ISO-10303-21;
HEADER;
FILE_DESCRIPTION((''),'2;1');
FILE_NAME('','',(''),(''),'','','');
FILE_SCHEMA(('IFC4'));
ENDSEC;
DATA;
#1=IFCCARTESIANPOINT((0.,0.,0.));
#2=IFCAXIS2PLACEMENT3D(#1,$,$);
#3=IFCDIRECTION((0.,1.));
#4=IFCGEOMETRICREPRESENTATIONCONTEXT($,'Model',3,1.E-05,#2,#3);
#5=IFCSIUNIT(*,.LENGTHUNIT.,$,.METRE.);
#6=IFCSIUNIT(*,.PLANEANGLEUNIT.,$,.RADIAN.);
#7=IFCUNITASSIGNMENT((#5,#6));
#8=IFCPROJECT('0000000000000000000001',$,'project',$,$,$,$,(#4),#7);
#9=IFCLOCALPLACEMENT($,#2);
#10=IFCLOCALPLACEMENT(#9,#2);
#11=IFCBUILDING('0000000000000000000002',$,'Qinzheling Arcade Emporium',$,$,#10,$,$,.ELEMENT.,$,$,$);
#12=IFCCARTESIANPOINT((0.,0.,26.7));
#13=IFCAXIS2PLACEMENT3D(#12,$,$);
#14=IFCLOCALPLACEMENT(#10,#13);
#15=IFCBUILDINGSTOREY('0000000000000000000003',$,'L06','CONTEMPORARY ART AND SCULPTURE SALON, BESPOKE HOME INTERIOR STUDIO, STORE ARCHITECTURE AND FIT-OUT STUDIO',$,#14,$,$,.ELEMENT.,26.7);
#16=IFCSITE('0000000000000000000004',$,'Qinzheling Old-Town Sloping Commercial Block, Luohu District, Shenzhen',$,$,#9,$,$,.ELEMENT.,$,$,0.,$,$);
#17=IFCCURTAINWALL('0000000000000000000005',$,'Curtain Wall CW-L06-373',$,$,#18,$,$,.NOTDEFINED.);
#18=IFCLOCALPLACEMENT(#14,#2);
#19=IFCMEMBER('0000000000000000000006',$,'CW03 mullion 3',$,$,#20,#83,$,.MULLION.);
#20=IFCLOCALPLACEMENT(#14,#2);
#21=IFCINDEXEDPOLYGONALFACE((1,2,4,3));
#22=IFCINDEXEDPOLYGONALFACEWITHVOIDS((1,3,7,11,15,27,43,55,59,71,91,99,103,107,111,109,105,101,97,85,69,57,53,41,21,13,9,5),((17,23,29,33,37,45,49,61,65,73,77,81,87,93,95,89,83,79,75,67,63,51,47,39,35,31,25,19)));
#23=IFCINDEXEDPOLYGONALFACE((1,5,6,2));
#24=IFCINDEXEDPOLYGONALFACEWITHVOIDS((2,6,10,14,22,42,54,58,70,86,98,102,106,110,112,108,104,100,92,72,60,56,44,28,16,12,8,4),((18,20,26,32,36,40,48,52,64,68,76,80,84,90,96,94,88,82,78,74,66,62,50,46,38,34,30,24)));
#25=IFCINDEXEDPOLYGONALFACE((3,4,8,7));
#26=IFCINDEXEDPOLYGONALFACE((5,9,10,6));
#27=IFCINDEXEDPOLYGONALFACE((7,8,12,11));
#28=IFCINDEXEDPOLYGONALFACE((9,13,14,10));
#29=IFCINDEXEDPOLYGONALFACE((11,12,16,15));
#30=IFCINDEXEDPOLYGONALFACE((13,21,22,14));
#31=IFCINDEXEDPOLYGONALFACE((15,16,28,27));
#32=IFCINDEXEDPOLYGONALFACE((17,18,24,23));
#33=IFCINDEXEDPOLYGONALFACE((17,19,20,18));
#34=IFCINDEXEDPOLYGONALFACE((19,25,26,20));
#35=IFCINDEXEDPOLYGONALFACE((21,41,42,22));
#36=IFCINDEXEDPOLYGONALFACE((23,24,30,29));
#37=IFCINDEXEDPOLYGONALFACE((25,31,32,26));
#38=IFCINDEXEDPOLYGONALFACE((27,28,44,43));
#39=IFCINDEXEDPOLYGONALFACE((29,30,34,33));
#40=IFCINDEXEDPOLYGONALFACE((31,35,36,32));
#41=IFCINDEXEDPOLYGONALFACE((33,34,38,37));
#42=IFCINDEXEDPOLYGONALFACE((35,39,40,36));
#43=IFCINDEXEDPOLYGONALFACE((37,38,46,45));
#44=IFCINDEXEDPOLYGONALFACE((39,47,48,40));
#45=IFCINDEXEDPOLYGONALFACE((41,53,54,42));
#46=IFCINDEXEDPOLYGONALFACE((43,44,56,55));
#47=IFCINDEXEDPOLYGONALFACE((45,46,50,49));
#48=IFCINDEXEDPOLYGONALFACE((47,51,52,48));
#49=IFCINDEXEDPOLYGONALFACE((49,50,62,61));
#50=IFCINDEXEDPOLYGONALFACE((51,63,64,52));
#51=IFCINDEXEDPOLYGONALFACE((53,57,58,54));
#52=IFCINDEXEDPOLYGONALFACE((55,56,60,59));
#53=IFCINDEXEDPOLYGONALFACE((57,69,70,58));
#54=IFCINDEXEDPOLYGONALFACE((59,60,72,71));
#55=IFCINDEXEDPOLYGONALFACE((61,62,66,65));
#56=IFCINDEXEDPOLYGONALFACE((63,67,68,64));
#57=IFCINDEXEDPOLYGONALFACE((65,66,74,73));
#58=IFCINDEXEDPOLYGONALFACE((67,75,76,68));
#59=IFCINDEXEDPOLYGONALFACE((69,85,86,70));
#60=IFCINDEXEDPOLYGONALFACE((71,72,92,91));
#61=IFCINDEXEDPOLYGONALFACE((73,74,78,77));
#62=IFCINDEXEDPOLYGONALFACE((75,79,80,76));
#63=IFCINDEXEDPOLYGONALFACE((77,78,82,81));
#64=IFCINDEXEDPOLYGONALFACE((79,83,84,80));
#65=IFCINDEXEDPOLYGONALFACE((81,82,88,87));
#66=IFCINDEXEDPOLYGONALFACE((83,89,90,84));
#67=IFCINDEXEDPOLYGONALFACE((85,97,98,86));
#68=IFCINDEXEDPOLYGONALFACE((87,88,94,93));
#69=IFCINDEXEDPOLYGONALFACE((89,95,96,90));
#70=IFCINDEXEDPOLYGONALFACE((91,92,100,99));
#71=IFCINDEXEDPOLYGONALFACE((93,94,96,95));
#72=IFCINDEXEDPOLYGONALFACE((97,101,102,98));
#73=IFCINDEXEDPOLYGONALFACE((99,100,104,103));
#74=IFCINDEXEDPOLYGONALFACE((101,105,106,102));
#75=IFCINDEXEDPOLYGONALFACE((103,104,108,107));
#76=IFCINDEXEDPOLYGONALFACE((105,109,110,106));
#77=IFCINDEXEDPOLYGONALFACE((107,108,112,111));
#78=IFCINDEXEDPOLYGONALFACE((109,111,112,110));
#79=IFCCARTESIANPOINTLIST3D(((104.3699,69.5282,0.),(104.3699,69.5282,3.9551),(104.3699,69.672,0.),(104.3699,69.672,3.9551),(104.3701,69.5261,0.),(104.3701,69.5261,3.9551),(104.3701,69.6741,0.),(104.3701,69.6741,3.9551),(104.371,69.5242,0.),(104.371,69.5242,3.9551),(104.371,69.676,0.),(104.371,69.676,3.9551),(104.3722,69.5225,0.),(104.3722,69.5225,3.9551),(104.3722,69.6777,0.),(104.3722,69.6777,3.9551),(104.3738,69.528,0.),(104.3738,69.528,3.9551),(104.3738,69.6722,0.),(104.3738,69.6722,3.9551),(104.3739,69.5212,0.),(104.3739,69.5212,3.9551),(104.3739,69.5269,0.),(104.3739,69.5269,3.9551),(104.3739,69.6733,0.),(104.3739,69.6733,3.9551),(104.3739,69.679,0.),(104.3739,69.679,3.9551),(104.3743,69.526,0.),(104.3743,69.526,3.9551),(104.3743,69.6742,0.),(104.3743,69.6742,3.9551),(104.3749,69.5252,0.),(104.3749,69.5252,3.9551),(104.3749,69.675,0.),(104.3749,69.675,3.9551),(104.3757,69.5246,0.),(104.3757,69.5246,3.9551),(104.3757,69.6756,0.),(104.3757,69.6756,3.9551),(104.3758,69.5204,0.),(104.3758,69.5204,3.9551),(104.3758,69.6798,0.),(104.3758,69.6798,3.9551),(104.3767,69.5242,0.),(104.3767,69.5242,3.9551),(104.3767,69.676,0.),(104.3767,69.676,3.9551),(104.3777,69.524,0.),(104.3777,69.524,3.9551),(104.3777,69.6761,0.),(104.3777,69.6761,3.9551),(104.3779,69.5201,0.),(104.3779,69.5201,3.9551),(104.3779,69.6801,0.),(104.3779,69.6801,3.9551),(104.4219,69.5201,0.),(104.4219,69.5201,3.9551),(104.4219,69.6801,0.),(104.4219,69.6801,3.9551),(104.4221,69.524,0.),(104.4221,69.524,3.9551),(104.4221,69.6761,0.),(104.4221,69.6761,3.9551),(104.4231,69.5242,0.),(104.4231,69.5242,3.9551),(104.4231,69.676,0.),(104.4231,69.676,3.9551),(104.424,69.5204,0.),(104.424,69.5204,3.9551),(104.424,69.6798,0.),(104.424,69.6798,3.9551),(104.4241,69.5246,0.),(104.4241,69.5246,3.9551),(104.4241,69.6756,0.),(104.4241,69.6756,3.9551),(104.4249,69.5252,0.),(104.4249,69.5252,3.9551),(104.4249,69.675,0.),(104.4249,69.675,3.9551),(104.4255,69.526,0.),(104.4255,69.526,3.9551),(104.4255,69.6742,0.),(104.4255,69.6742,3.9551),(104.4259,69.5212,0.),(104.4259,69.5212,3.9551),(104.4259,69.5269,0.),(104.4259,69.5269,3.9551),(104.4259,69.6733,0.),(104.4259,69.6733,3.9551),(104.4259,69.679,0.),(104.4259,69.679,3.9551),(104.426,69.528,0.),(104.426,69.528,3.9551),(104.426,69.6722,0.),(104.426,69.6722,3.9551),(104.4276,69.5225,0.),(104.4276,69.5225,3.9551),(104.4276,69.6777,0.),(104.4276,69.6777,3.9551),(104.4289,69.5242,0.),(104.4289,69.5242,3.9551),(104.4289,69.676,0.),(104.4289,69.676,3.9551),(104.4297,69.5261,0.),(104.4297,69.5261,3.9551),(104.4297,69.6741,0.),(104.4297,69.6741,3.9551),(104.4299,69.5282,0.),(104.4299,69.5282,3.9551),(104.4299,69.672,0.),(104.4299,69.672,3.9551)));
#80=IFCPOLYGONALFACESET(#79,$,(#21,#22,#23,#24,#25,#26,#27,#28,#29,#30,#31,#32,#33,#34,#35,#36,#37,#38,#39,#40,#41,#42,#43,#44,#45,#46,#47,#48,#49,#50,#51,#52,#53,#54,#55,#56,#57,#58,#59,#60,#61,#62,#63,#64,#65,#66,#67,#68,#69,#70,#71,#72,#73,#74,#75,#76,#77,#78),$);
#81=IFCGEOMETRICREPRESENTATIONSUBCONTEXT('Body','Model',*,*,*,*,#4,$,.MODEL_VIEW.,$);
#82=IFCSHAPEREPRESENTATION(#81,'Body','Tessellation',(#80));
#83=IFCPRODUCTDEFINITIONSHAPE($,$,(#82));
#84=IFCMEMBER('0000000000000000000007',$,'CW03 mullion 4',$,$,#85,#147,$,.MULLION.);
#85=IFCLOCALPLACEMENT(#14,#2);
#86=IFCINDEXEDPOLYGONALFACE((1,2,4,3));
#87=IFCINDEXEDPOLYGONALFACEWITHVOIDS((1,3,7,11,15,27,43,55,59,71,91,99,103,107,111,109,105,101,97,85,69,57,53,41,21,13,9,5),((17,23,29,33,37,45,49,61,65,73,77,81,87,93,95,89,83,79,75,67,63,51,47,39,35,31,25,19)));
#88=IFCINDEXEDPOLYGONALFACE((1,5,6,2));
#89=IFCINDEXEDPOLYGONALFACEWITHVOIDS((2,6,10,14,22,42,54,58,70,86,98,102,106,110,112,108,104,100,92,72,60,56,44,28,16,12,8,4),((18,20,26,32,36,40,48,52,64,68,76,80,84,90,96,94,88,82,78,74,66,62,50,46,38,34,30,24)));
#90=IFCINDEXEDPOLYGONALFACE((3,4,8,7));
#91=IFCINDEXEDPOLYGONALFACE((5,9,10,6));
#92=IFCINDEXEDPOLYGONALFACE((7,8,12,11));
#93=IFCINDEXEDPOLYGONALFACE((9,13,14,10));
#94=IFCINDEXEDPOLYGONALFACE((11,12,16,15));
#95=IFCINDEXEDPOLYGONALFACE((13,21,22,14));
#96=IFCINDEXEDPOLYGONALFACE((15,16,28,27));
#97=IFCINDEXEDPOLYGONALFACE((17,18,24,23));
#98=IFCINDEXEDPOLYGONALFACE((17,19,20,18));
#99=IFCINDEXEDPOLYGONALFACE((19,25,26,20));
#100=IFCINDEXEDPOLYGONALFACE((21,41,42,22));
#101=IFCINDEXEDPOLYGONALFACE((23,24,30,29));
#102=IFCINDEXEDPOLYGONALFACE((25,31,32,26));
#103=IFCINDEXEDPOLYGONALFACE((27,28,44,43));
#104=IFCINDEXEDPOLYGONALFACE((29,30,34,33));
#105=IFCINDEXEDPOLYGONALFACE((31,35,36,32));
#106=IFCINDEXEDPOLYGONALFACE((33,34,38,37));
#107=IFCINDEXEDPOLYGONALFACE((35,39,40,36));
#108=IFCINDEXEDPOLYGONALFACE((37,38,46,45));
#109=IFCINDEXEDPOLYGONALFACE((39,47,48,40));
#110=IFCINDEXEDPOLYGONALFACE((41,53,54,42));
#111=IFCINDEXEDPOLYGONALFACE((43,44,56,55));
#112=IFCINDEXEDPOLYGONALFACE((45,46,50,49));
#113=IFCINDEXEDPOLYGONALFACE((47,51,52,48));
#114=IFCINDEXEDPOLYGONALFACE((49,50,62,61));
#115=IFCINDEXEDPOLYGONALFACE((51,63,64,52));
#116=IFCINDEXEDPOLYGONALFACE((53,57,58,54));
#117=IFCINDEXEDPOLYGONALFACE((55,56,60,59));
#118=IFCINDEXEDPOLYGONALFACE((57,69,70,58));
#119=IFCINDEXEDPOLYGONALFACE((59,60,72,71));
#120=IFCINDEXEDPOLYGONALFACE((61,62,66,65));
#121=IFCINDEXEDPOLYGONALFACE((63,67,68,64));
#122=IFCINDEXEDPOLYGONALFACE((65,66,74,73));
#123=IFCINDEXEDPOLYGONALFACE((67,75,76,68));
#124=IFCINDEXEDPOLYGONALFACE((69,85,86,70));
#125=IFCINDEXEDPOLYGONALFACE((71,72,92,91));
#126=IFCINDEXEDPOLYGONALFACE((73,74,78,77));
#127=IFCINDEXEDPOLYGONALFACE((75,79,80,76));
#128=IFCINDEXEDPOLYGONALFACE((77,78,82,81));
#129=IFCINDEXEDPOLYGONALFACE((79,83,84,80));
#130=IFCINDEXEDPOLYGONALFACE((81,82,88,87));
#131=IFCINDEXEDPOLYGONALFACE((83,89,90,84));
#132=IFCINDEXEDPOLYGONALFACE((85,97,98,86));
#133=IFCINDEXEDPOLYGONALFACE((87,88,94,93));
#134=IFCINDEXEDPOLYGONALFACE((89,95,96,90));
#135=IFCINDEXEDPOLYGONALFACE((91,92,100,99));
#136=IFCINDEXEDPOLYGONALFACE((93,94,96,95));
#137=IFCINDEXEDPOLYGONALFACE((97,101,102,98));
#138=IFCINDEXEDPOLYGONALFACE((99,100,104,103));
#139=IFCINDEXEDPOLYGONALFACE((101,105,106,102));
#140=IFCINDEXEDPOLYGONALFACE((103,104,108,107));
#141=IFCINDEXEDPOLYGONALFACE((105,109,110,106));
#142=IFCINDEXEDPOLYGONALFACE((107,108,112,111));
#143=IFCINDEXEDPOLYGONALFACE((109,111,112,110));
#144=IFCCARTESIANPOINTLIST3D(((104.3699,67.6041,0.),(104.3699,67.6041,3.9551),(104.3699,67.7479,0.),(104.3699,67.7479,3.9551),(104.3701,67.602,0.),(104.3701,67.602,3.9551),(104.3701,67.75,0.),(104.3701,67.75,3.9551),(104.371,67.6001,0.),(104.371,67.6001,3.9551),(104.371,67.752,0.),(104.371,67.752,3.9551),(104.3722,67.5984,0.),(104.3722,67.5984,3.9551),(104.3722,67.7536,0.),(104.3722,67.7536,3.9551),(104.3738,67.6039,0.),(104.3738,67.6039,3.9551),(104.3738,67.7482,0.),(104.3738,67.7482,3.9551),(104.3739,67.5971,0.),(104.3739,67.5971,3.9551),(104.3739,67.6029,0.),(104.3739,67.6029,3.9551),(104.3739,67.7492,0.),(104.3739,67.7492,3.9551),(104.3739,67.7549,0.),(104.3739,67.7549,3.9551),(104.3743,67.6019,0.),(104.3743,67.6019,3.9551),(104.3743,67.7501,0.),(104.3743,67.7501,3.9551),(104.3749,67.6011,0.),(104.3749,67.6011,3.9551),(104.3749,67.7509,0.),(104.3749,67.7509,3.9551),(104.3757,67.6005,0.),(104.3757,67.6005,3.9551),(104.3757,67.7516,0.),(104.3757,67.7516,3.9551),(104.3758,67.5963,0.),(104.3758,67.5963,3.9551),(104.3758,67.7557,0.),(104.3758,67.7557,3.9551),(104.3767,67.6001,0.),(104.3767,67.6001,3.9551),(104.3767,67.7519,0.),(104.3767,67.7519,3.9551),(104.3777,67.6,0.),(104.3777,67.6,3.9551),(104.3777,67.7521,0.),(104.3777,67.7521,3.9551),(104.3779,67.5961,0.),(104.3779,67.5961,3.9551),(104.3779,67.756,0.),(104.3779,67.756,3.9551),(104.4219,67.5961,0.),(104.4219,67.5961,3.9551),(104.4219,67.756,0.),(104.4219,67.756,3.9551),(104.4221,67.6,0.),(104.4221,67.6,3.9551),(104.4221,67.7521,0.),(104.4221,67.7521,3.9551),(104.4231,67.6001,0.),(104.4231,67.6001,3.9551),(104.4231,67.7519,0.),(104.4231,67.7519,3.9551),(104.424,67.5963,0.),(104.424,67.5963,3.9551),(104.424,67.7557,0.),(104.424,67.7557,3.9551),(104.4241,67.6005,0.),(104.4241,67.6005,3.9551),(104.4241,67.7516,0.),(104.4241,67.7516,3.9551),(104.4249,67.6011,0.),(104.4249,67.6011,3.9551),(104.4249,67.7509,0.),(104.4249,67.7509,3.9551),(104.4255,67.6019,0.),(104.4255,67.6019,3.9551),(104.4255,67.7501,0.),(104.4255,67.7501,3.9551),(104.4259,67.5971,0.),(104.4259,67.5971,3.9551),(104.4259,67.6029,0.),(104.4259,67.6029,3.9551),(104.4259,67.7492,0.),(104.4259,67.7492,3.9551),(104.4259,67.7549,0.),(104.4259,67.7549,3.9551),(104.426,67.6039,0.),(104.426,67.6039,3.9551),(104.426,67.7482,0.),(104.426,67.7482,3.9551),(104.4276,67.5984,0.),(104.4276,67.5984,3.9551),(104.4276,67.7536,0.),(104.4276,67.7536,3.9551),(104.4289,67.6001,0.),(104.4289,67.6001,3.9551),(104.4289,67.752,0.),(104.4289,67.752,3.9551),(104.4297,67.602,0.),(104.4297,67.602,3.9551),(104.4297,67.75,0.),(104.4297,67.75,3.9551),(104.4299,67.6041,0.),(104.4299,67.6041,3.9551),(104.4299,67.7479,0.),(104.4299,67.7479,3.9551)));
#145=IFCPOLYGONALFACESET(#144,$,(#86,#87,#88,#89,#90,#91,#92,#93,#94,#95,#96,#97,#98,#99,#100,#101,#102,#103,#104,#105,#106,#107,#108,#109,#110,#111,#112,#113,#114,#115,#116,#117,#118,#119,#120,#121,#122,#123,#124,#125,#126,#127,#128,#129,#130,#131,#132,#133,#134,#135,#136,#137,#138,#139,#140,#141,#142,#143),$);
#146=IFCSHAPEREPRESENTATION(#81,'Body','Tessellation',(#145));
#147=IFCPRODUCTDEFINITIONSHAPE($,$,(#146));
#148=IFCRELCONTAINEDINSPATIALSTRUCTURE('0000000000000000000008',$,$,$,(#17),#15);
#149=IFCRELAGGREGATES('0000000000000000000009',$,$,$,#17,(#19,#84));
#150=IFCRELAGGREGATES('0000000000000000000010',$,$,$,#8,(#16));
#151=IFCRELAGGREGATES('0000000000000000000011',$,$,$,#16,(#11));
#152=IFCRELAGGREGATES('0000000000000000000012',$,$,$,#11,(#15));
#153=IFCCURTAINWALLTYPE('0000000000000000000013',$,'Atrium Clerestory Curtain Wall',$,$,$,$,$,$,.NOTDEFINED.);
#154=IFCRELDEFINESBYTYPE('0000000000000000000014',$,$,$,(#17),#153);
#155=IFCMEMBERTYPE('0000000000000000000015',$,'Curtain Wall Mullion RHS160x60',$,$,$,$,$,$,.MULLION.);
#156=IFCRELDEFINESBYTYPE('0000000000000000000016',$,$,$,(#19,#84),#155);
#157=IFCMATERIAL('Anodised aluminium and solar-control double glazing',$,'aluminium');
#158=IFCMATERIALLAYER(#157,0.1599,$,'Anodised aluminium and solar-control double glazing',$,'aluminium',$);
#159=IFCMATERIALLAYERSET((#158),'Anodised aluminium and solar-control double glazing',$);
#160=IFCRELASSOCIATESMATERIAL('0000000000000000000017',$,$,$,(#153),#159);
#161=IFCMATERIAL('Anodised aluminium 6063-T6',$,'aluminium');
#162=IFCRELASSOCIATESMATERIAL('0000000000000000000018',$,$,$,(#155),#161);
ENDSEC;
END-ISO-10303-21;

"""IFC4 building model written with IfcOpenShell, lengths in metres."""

from ifc_helpers import new_model, si_unit, direction, frame, origin, origin_2d, place, context, subcontext, project, spatial, hollow_rectangle, extrude, material, layer, layer_set, material_profile, profile_set, type_object, element, aggregate, save


model = new_model("IFC4")

# Units and contexts
model_context = context("Model", 3, precision=1e-05, world=origin(), true_north=direction((0.0, 1.0)))
body_context = subcontext(model_context, "Body", "Model", "MODEL_VIEW")
ifc_project = project(units=[si_unit("LENGTHUNIT", "METRE"), si_unit("PLANEANGLEUNIT", "RADIAN")], contexts=[model_context])

# Site, building, storey
site_placement = place(None, origin())
site = spatial("IfcSite", under=ifc_project, at=site_placement, Name="Qinzheling Old-Town Sloping Commercial Block, Luohu District, Shenzhen", CompositionType="ELEMENT", RefElevation=0.0)
building_placement = place(site_placement, origin())
building = spatial("IfcBuilding", under=site, at=building_placement, Name="Qinzheling Arcade Emporium", CompositionType="ELEMENT")
storey_placement = place(building_placement, frame((0.0, 0.0, 26.7)))
storey = spatial("IfcBuildingStorey", under=building, at=storey_placement, Name="L06", Description="CONTEMPORARY ART AND SCULPTURE SALON, BESPOKE HOME INTERIOR STUDIO, STORE ARCHITECTURE AND FIT-OUT STUDIO", CompositionType="ELEMENT", Elevation=26.7)

# Curtain wall, members
ifc_material_1 = material(Name="Anodised aluminium and solar-control double glazing", Category="aluminium")
ifc_layer_1 = layer(ifc_material_1, 0.1599, Name="Anodised aluminium and solar-control double glazing", Category="aluminium")
ifc_layer_set_1 = layer_set([ifc_layer_1], Name="Anodised aluminium and solar-control double glazing")
curtain_wall_type = type_object("IfcCurtainWallType", Name="Atrium Clerestory Curtain Wall", PredefinedType="NOTDEFINED", material=ifc_layer_set_1)
curtain_wall_placement = place(storey_placement, origin())
curtain_wall = element("IfcCurtainWall", 1, at=curtain_wall_placement, inside=storey, type_object=curtain_wall_type, Name="Curtain Wall CW-L06-373", PredefinedType="NOTDEFINED")
ifc_material_2 = material(Name="Anodised aluminium 6063-T6", Category="aluminium")
ifc_material_profile_1 = material_profile(ifc_material_2, hollow_rectangle(XDim=0.0601, YDim=0.1599, WallThickness=0.0039, InnerFilletRadius=0.0039, OuterFilletRadius=0.0081, at=origin_2d()), Name="RHS 160x60x4", Category="aluminium")
ifc_profile_set_1 = profile_set([ifc_material_profile_1], Name="Anodised aluminium 6063-T6")
member_type_1 = type_object("IfcMemberType", Name="Curtain Wall Mullion RHS160x60", PredefinedType="MULLION", material=ifc_profile_set_1)
member_1_placement = place(storey_placement, frame((104.3999, 69.6001, 0.0), z_axis=(0.0, 0.0, 1.0), x_axis=(1.0, 0.0, 0.0)))
member_1 = element("IfcMember", 2, at=member_1_placement, type_object=member_type_1, Name="CW03 mullion 3", PredefinedType="MULLION", context=body_context, shape_type="SweptSolid", body=[
    extrude(hollow_rectangle(XDim=0.0601, YDim=0.1599, WallThickness=0.0039, InnerFilletRadius=0.0039, OuterFilletRadius=0.0081, at=origin_2d()), origin(), (0.0, 0.0, 1.0), 3.9551),
])
member_2_placement = place(storey_placement, frame((104.3999, 67.676, 0.0), z_axis=(0.0, 0.0, 1.0), x_axis=(1.0, 0.0, 0.0)))
member_2 = element("IfcMember", 3, at=member_2_placement, type_object=member_type_1, Name="CW03 mullion 4", PredefinedType="MULLION", context=body_context, shape_type="SweptSolid", body=[
    extrude(hollow_rectangle(XDim=0.0601, YDim=0.1599, WallThickness=0.0039, InnerFilletRadius=0.0039, OuterFilletRadius=0.0081, at=origin_2d()), origin(), (0.0, 0.0, 1.0), 3.9551),
])
aggregate(curtain_wall, [member_1, member_2])

save(model, "model.ifc")
